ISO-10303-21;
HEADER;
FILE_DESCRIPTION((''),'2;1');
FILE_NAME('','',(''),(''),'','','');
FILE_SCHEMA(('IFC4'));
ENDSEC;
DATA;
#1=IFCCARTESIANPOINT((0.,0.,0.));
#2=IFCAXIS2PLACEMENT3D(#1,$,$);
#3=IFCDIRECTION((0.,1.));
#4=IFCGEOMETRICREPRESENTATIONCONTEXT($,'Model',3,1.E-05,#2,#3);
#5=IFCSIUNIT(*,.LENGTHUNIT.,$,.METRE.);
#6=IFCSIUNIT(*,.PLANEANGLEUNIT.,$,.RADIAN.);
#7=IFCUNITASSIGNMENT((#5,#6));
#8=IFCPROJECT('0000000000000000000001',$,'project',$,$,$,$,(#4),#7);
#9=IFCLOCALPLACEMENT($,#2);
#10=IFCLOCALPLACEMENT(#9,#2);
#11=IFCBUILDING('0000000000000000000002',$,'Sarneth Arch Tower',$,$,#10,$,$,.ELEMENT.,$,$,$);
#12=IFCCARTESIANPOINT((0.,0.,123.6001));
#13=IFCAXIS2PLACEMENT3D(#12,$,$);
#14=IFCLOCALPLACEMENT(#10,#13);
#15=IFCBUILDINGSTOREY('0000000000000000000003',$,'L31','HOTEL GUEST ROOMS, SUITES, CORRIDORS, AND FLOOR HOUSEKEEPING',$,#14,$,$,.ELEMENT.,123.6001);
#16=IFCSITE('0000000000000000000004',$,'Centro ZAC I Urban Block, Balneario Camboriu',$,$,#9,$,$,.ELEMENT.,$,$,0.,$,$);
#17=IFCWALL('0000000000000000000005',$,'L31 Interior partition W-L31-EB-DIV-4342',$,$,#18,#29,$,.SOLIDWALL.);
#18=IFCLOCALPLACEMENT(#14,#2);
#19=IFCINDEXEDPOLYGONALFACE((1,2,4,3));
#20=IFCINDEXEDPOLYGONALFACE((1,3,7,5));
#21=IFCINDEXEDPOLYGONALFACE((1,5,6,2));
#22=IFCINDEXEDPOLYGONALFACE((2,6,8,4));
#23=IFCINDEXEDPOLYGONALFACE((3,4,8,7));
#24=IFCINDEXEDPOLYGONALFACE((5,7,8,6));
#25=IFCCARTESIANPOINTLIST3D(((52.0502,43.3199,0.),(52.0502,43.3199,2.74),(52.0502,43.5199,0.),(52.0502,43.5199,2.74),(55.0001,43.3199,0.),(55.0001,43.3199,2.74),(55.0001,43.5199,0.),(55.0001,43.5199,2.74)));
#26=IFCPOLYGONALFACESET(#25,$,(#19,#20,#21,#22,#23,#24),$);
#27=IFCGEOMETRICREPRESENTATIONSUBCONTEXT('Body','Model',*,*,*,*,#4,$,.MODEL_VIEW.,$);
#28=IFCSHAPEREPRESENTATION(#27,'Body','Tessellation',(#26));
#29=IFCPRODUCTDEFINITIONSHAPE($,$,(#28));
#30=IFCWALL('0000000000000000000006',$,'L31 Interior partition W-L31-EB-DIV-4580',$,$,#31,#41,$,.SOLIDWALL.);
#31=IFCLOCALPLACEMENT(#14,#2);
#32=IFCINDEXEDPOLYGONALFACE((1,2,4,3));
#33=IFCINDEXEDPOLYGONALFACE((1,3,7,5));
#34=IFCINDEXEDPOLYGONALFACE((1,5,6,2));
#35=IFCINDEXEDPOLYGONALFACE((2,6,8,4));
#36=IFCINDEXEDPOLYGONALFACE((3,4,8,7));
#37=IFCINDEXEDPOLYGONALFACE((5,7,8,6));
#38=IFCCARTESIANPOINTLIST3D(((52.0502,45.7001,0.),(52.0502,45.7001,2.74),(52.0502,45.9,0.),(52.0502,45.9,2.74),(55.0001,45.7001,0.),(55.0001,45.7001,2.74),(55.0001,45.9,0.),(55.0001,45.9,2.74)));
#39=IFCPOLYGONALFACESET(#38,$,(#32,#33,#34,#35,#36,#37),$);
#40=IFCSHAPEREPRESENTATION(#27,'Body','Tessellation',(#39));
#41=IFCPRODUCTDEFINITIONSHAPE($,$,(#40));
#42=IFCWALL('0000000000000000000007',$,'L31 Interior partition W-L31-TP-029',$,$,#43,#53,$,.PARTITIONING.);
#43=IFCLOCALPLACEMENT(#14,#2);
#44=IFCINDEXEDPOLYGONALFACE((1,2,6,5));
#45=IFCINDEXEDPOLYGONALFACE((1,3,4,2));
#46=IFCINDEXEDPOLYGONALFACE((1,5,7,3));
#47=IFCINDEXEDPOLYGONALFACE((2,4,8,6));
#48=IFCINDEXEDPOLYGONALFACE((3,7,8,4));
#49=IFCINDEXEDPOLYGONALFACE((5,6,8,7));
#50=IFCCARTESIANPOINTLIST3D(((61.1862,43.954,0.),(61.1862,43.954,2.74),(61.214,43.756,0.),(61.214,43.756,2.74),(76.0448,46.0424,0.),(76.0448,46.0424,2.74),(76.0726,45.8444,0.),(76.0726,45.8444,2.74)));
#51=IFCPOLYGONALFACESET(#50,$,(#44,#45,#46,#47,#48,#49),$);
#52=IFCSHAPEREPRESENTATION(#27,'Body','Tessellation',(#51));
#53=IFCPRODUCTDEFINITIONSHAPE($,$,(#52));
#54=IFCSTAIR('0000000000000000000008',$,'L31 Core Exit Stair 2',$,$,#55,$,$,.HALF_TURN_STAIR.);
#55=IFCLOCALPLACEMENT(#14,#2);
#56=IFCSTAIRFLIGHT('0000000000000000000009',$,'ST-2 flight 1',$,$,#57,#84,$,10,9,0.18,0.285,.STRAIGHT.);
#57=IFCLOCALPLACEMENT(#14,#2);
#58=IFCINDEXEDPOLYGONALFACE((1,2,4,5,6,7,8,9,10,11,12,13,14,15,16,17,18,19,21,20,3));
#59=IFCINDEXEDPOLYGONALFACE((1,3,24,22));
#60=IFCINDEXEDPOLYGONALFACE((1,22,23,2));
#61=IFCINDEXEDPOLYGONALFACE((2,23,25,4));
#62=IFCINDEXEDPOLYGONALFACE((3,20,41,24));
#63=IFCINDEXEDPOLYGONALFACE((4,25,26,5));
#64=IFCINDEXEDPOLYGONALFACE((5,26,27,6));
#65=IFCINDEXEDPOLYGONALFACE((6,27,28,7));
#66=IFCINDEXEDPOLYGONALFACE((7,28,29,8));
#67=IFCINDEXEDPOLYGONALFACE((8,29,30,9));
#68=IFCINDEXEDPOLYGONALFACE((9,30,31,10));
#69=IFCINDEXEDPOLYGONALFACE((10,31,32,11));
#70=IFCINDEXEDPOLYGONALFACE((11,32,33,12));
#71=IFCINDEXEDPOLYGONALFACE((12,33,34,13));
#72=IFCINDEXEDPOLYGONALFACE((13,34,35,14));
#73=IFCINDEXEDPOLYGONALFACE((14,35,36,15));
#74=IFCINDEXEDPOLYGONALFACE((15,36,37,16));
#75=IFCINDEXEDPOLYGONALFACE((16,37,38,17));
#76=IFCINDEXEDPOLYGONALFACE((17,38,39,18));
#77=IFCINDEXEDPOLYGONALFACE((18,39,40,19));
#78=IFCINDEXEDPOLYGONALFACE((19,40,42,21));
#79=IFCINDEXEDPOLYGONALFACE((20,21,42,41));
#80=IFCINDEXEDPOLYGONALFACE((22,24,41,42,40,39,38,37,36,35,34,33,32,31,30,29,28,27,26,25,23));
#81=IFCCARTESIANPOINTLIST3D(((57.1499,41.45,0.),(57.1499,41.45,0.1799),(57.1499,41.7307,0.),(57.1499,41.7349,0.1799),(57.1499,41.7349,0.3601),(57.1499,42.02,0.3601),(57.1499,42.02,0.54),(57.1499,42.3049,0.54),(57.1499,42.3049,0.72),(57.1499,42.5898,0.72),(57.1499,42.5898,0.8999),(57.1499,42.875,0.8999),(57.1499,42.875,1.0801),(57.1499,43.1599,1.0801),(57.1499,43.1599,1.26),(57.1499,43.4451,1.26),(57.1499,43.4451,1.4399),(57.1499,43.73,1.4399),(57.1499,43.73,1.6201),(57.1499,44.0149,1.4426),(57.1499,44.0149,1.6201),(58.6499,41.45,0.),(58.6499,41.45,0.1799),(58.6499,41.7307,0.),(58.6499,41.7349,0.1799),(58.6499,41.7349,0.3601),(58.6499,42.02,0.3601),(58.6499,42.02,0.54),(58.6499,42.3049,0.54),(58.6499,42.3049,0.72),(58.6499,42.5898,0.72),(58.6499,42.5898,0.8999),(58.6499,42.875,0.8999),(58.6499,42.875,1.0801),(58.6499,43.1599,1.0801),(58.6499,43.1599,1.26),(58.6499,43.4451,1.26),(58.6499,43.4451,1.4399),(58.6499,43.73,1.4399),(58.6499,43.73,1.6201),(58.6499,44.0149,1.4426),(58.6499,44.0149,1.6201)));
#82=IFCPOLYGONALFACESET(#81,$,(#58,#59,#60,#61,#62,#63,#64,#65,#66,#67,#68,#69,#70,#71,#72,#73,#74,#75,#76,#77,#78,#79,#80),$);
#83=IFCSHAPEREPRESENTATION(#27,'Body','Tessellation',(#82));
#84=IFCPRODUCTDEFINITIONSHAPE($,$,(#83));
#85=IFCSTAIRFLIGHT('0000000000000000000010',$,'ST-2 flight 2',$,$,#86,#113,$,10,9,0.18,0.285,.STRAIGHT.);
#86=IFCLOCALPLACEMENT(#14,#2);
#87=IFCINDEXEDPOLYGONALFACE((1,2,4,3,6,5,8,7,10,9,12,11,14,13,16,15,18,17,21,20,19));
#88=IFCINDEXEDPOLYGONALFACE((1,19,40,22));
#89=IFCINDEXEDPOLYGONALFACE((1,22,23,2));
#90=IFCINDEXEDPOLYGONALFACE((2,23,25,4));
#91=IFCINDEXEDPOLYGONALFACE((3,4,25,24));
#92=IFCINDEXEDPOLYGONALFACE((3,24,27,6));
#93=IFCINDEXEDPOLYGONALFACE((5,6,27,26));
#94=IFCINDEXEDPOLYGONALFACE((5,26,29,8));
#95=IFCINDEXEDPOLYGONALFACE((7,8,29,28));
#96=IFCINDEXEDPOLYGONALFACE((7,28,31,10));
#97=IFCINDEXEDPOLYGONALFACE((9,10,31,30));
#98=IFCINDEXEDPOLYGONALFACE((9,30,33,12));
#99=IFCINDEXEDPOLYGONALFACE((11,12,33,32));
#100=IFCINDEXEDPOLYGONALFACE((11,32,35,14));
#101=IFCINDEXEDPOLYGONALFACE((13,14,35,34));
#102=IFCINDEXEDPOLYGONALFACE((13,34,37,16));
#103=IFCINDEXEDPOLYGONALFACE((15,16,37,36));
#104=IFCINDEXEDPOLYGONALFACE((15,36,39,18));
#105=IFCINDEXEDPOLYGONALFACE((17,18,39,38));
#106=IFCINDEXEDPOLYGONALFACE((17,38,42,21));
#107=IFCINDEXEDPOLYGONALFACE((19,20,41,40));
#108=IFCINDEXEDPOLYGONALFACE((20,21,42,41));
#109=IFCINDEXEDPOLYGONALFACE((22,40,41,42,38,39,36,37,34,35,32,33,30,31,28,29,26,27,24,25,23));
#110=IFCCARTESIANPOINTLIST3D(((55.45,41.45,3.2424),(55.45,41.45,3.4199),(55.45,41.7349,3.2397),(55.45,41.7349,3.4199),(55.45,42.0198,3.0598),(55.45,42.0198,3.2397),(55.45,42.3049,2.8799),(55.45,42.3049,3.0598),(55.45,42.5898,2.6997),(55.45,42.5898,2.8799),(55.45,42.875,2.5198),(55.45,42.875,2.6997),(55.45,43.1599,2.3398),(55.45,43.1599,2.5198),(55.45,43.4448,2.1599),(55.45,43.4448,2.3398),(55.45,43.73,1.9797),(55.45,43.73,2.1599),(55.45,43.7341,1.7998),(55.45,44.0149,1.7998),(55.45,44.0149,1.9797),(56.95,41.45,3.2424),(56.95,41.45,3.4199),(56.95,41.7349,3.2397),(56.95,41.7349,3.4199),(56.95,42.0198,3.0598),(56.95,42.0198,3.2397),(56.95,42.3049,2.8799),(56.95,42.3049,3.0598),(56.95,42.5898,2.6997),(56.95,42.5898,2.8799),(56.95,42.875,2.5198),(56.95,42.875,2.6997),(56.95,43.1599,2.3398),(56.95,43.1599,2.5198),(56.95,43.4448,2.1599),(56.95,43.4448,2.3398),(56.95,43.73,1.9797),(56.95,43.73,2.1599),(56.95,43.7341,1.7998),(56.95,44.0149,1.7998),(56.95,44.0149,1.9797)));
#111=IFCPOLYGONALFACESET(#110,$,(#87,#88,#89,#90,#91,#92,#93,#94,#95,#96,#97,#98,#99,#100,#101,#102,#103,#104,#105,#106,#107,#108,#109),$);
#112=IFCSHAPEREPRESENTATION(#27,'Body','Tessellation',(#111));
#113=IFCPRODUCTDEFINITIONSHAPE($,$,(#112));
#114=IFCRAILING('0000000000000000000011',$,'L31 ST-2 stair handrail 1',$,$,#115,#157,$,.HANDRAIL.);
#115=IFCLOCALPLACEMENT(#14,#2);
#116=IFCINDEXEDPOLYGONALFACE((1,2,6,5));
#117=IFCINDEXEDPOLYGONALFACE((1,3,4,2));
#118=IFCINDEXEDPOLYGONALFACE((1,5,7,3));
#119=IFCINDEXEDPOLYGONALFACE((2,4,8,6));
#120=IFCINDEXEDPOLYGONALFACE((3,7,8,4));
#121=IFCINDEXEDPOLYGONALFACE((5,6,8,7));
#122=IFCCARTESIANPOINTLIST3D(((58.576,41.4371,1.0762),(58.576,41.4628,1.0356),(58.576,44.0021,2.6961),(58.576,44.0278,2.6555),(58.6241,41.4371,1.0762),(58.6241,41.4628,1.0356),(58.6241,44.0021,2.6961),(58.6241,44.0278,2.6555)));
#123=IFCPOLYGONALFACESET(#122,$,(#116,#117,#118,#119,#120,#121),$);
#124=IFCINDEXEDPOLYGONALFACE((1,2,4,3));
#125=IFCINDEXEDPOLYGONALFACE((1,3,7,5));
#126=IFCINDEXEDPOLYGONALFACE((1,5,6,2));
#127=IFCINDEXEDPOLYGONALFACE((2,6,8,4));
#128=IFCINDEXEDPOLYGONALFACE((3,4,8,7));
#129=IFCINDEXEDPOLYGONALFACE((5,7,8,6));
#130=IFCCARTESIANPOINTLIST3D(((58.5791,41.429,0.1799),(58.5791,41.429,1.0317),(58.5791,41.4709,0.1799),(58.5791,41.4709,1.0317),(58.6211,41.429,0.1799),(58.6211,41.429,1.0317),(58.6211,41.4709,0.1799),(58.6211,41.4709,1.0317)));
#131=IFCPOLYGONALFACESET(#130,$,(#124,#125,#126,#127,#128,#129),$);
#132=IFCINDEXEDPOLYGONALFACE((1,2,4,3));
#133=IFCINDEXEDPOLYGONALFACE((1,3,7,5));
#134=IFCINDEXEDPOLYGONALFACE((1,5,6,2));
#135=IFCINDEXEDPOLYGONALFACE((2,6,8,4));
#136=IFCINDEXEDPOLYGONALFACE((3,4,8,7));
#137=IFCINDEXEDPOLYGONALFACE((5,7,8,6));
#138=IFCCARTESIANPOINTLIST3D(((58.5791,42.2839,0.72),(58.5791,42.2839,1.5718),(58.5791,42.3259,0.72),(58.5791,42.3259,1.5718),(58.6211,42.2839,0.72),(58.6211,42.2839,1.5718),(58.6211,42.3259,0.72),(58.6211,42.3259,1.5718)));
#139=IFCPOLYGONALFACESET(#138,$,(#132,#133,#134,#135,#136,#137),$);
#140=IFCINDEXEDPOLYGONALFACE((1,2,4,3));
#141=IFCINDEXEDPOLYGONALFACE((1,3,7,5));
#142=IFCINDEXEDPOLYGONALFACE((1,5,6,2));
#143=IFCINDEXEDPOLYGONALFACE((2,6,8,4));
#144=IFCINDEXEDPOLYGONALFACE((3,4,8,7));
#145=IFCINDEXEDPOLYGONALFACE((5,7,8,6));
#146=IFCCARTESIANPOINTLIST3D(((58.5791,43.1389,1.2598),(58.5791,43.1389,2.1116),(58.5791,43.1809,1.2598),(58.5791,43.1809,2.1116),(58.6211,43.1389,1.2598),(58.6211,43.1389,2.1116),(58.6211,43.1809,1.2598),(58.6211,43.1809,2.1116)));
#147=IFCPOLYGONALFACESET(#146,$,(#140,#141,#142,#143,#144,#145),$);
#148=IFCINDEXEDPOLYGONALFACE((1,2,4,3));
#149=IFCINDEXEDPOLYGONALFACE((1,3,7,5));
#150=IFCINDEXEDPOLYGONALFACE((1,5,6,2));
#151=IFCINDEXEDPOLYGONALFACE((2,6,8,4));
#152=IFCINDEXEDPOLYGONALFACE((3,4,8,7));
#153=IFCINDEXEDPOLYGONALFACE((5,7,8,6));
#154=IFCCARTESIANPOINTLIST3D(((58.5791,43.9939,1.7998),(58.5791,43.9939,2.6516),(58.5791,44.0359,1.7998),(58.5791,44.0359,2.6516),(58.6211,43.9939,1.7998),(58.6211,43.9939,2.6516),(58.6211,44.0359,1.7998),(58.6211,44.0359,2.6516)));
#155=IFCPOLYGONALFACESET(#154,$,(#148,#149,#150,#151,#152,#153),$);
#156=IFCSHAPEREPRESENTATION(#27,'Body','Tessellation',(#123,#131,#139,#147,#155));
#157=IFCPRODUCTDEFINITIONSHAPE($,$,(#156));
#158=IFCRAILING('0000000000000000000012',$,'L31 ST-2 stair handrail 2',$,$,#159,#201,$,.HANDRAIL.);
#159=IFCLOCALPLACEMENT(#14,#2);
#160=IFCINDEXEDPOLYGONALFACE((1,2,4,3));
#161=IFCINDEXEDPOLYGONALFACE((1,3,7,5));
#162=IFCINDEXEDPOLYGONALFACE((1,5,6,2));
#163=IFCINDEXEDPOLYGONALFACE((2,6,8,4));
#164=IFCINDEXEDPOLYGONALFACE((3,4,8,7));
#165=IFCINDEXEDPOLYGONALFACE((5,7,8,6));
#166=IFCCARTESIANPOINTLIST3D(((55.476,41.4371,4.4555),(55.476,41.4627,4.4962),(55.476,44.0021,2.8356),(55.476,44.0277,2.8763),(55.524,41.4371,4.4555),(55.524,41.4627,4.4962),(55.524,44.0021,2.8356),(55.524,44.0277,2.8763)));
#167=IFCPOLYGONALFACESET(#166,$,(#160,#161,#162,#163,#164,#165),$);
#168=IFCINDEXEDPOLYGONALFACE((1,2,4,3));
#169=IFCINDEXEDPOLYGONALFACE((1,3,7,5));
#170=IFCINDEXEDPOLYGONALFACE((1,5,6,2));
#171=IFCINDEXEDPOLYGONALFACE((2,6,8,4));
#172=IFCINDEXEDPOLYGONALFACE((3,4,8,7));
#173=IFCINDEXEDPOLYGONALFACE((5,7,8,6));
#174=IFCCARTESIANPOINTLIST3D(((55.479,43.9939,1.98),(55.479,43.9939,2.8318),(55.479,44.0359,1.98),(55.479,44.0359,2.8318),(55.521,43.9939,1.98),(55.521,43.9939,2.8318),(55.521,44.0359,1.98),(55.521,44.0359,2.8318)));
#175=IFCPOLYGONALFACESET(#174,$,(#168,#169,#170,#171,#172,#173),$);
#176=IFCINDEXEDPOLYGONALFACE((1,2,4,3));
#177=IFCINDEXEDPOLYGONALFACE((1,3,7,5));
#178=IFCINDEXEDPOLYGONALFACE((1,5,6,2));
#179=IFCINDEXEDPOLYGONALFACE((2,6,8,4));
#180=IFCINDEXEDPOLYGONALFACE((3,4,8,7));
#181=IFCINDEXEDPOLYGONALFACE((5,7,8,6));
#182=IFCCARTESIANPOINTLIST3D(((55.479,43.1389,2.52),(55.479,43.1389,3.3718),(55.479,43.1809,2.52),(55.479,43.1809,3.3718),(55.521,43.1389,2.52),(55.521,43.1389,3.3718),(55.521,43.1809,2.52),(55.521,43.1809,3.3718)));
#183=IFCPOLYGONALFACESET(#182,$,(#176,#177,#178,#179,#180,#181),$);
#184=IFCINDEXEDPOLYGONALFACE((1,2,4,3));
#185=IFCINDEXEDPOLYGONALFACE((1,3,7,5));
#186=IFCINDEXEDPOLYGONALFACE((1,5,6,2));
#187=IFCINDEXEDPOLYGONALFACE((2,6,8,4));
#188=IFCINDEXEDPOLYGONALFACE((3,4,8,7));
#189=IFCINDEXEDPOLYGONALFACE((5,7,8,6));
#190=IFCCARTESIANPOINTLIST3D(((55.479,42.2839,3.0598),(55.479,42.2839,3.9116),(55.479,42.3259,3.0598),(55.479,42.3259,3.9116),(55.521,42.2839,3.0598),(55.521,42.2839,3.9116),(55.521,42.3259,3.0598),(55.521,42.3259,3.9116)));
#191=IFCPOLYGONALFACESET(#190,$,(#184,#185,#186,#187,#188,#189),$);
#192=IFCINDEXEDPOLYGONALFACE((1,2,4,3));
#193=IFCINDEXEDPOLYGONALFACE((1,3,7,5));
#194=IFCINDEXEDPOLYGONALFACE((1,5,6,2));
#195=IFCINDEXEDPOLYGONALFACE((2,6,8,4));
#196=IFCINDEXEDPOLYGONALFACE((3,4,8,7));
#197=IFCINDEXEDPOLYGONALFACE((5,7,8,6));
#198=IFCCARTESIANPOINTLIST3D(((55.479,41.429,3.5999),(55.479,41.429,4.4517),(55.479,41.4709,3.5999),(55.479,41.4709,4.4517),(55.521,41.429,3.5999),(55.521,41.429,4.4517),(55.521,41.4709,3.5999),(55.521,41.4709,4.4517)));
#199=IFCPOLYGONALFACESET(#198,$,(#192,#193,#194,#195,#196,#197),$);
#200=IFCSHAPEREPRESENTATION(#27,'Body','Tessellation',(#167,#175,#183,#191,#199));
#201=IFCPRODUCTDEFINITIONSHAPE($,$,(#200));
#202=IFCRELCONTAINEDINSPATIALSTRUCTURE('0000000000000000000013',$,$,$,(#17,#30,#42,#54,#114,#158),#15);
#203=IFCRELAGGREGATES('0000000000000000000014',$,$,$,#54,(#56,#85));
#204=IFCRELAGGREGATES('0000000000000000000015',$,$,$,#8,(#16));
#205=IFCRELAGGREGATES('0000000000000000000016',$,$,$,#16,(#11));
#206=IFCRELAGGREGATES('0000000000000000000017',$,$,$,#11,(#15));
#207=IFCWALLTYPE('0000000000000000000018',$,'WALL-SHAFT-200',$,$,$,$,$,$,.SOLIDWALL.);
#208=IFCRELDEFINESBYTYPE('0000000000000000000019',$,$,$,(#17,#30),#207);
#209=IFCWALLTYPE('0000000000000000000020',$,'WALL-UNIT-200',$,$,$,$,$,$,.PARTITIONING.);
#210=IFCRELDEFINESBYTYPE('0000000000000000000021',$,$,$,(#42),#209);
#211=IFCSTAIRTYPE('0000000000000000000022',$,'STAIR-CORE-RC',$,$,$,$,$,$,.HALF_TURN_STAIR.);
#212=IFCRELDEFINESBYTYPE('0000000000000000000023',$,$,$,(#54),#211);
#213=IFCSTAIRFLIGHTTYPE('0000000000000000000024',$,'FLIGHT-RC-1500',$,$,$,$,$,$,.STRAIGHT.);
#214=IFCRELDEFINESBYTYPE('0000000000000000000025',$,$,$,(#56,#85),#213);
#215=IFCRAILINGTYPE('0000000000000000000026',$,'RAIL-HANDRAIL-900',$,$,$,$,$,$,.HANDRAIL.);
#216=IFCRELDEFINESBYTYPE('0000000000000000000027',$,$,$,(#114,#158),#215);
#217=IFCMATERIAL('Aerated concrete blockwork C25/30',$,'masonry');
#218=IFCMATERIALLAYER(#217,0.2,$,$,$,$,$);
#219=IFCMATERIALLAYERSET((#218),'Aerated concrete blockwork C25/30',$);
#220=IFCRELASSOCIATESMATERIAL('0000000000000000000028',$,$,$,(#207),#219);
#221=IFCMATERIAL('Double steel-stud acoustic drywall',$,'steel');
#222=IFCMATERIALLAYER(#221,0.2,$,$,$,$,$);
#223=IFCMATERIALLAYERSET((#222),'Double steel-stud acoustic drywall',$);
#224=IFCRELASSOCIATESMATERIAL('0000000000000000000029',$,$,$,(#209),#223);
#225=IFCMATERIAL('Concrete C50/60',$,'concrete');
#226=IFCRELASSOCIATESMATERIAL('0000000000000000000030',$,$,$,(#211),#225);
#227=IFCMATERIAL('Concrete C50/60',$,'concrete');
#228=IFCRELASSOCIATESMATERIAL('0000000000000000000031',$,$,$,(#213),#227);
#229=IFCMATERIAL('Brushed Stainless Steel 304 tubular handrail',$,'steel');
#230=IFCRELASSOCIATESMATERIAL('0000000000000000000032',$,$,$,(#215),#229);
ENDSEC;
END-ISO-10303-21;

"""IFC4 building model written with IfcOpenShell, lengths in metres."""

from ifc_helpers import new_model, si_unit, direction, frame, frame_2d, origin, origin_2d, place, context, subcontext, project, spatial, polyline, rectangle, outline, extrude, material, layer, layer_set, type_object, element, aggregate, save


model = new_model("IFC4")

# Units and contexts
model_context = context("Model", 3, precision=1e-05, world=origin(), true_north=direction((0.0, 1.0)))
body_context = subcontext(model_context, "Body", "Model", "MODEL_VIEW")
ifc_project = project(units=[si_unit("LENGTHUNIT", "METRE"), si_unit("PLANEANGLEUNIT", "RADIAN")], contexts=[model_context])

# Site, building, storey
site_placement = place(None, origin())
site = spatial("IfcSite", under=ifc_project, at=site_placement, Name="Centro ZAC I Urban Block, Balneario Camboriu", CompositionType="ELEMENT", RefElevation=0.0)
building_placement = place(site_placement, origin())
building = spatial("IfcBuilding", under=site, at=building_placement, Name="Sarneth Arch Tower", CompositionType="ELEMENT")
storey_placement = place(building_placement, frame((0.0, 0.0, 123.6001)))
storey = spatial("IfcBuildingStorey", under=building, at=storey_placement, Name="L31", Description="HOTEL GUEST ROOMS, SUITES, CORRIDORS, AND FLOOR HOUSEKEEPING", CompositionType="ELEMENT", Elevation=123.6001)

# Walls
ifc_material_1 = material(Name="Aerated concrete blockwork C25/30", Category="masonry")
ifc_layer_1 = layer(ifc_material_1, 0.2)
ifc_layer_set_1 = layer_set([ifc_layer_1], Name="Aerated concrete blockwork C25/30")
wall_type_1 = type_object("IfcWallType", Name="WALL-SHAFT-200", PredefinedType="SOLIDWALL", material=ifc_layer_set_1)
for number, where, z_axis, x_axis, name in (
    (1, (52.05, 43.4199, 0.0), (0.0, 0.0, 1.0), (1.0, 0.0, 0.0), "L31 Interior partition W-L31-EB-DIV-4342"),
    (2, (52.05, 45.8, 0.0), (0.0, 0.0, 1.0), (1.0, 0.0, 0.0), "L31 Interior partition W-L31-EB-DIV-4580"),
):
    element("IfcWall", number, at=place(storey_placement, frame(where, z_axis=z_axis, x_axis=x_axis)), inside=storey, type_object=wall_type_1, Name=name, PredefinedType="SOLIDWALL", context=body_context, shape_type="SweptSolid", body=[
        extrude(rectangle(XDim=2.95, YDim=0.2, at=frame_2d((1.4751, 0.0))), origin(), (0.0, 0.0, 1.0), 2.74),
    ])
ifc_material_2 = material(Name="Double steel-stud acoustic drywall", Category="steel")
ifc_layer_2 = layer(ifc_material_2, 0.2)
ifc_layer_set_2 = layer_set([ifc_layer_2], Name="Double steel-stud acoustic drywall")
wall_type_2 = type_object("IfcWallType", Name="WALL-UNIT-200", PredefinedType="PARTITIONING", material=ifc_layer_set_2)
wall_1_placement = place(storey_placement, frame((61.2, 43.855, 0.0), z_axis=(0.0, 0.0, 1.0), x_axis=(0.990267, 0.139182, 0.0)))
element("IfcWall", 3, at=wall_1_placement, inside=storey, type_object=wall_type_2, Name="L31 Interior partition W-L31-TP-029", PredefinedType="PARTITIONING", context=body_context, shape_type="SweptSolid", body=[
    extrude(rectangle(XDim=15.0046, YDim=0.2, at=frame_2d((7.5024, 0.0))), origin(), (0.0, 0.0, 1.0), 2.74),
])

# Stair, stair flights
ifc_material_3 = material(Name="Concrete C50/60", Category="concrete")
stair_type = type_object("IfcStairType", Name="STAIR-CORE-RC", PredefinedType="HALF_TURN_STAIR", material=ifc_material_3)
stair_placement = place(storey_placement, origin())
stair = element("IfcStair", 4, at=stair_placement, inside=storey, type_object=stair_type, Name="L31 Core Exit Stair 2", PredefinedType="HALF_TURN_STAIR")
ifc_material_4 = material(Name="Concrete C50/60", Category="concrete")
stair_flight_type = type_object("IfcStairFlightType", Name="FLIGHT-RC-1500", PredefinedType="STRAIGHT", material=ifc_material_4)
stair_flight_1_placement = place(storey_placement, frame((57.8999, 41.45, 0.0), z_axis=(0.0, 0.0, 1.0), x_axis=(0.0, 1.0, 0.0)))
stair_flight_1 = element("IfcStairFlight", 5, at=stair_flight_1_placement, type_object=stair_flight_type, Name="ST-2 flight 1", NumberOfRisers=10, NumberOfTreads=9, PredefinedType="STRAIGHT", RiserHeight=0.18, TreadLength=0.285, context=body_context, shape_type="SweptSolid", body=[
    extrude(outline(polyline([(0.0, 0.0), (0.0, 0.1799), (0.2849, 0.1799), (0.2849, 0.3601), (0.5701, 0.3601), (0.5701, 0.54), (0.855, 0.54), (0.855, 0.72), (1.1399, 0.72), (1.1399, 0.8999), (1.425, 0.8999), (1.425, 1.0801), (1.71, 1.0801), (1.71, 1.26), (1.9951, 1.26), (1.9951, 1.4399), (2.28, 1.4399), (2.28, 1.6201), (2.5649, 1.6201), (2.5649, 1.8), (2.5649, 1.4426), (0.2808, 0.0), (0.0, 0.0)])), frame((0.0, 0.75, 0.0), z_axis=(0.0, -1.0, 0.0), x_axis=(1.0, 0.0, 0.0)), (0.0, 0.0, 1.0), 1.5),
])
stair_flight_2_placement = place(storey_placement, frame((56.2, 44.0149, 1.7998), z_axis=(0.0, 0.0, 1.0), x_axis=(0.0, -1.0, 0.0)))
stair_flight_2 = element("IfcStairFlight", 6, at=stair_flight_2_placement, type_object=stair_flight_type, Name="ST-2 flight 2", NumberOfRisers=10, NumberOfTreads=9, PredefinedType="STRAIGHT", RiserHeight=0.18, TreadLength=0.285, context=body_context, shape_type="SweptSolid", body=[
    extrude(outline(polyline([(0.0, 0.0), (0.0, 0.1799), (0.2849, 0.1799), (0.2849, 0.3601), (0.5701, 0.3601), (0.5701, 0.54), (0.855, 0.54), (0.855, 0.72), (1.1399, 0.72), (1.1399, 0.8999), (1.425, 0.8999), (1.425, 1.0801), (1.71, 1.0801), (1.71, 1.26), (1.9951, 1.26), (1.9951, 1.4399), (2.28, 1.4399), (2.28, 1.6201), (2.5649, 1.6201), (2.5649, 1.8), (2.5649, 1.4426), (0.2808, 0.0), (0.0, 0.0)])), frame((0.0, 0.75, 0.0), z_axis=(0.0, -1.0, 0.0), x_axis=(1.0, 0.0, 0.0)), (0.0, 0.0, 1.0), 1.5),
])
aggregate(stair, [stair_flight_1, stair_flight_2])

# Railings
ifc_material_5 = material(Name="Brushed Stainless Steel 304 tubular handrail", Category="steel")
railing_type_1 = type_object("IfcRailingType", Name="RAIL-HANDRAIL-900", PredefinedType="HANDRAIL", material=ifc_material_5)
railing_1_placement = place(storey_placement, frame((58.6001, 41.45, 0.1799)))
element("IfcRailing", 7, at=railing_1_placement, inside=storey, type_object=railing_type_1, Name="L31 ST-2 stair handrail 1", PredefinedType="HANDRAIL", context=body_context, shape_type="SweptSolid", body=[
    extrude(rectangle(XDim=0.0481, YDim=0.0481, at=origin_2d()), frame((0.0, 0.0, 0.876), z_axis=(0.0, 0.845502, 0.533972), x_axis=(-1.0, 0.0, 0.0)), (0.0, 0.0, 1.0), 3.0337),
    extrude(rectangle(XDim=0.042, YDim=0.042, at=origin_2d()), origin(), (0.0, 0.0, 1.0), 0.8518),
    extrude(rectangle(XDim=0.042, YDim=0.042, at=origin_2d()), frame((0.0, 0.855, 0.54)), (0.0, 0.0, 1.0), 0.8518),
    extrude(rectangle(XDim=0.042, YDim=0.042, at=origin_2d()), frame((0.0, 1.71, 1.0798)), (0.0, 0.0, 1.0), 0.8518),
    extrude(rectangle(XDim=0.042, YDim=0.042, at=origin_2d()), frame((0.0, 2.5649, 1.6199)), (0.0, 0.0, 1.0), 0.8518),
])
railing_2_placement = place(storey_placement, frame((55.5, 44.0149, 1.98)))
element("IfcRailing", 8, at=railing_2_placement, inside=storey, type_object=railing_type_1, Name="L31 ST-2 stair handrail 2", PredefinedType="HANDRAIL", context=body_context, shape_type="SweptSolid", body=[
    extrude(rectangle(XDim=0.0481, YDim=0.0481, at=origin_2d()), frame((0.0, 0.0, 0.876), z_axis=(0.0, -0.845502, 0.533972), x_axis=(1.0, 0.0, 0.0)), (0.0, 0.0, 1.0), 3.0337),
    extrude(rectangle(XDim=0.042, YDim=0.042, at=origin_2d()), origin(), (0.0, 0.0, 1.0), 0.8518),
    extrude(rectangle(XDim=0.042, YDim=0.042, at=origin_2d()), frame((0.0, -0.855, 0.54)), (0.0, 0.0, 1.0), 0.8518),
    extrude(rectangle(XDim=0.042, YDim=0.042, at=origin_2d()), frame((0.0, -1.71, 1.0798)), (0.0, 0.0, 1.0), 0.8518),
    extrude(rectangle(XDim=0.042, YDim=0.042, at=origin_2d()), frame((0.0, -2.5649, 1.6199)), (0.0, 0.0, 1.0), 0.8518),
])

save(model, "model.ifc")
